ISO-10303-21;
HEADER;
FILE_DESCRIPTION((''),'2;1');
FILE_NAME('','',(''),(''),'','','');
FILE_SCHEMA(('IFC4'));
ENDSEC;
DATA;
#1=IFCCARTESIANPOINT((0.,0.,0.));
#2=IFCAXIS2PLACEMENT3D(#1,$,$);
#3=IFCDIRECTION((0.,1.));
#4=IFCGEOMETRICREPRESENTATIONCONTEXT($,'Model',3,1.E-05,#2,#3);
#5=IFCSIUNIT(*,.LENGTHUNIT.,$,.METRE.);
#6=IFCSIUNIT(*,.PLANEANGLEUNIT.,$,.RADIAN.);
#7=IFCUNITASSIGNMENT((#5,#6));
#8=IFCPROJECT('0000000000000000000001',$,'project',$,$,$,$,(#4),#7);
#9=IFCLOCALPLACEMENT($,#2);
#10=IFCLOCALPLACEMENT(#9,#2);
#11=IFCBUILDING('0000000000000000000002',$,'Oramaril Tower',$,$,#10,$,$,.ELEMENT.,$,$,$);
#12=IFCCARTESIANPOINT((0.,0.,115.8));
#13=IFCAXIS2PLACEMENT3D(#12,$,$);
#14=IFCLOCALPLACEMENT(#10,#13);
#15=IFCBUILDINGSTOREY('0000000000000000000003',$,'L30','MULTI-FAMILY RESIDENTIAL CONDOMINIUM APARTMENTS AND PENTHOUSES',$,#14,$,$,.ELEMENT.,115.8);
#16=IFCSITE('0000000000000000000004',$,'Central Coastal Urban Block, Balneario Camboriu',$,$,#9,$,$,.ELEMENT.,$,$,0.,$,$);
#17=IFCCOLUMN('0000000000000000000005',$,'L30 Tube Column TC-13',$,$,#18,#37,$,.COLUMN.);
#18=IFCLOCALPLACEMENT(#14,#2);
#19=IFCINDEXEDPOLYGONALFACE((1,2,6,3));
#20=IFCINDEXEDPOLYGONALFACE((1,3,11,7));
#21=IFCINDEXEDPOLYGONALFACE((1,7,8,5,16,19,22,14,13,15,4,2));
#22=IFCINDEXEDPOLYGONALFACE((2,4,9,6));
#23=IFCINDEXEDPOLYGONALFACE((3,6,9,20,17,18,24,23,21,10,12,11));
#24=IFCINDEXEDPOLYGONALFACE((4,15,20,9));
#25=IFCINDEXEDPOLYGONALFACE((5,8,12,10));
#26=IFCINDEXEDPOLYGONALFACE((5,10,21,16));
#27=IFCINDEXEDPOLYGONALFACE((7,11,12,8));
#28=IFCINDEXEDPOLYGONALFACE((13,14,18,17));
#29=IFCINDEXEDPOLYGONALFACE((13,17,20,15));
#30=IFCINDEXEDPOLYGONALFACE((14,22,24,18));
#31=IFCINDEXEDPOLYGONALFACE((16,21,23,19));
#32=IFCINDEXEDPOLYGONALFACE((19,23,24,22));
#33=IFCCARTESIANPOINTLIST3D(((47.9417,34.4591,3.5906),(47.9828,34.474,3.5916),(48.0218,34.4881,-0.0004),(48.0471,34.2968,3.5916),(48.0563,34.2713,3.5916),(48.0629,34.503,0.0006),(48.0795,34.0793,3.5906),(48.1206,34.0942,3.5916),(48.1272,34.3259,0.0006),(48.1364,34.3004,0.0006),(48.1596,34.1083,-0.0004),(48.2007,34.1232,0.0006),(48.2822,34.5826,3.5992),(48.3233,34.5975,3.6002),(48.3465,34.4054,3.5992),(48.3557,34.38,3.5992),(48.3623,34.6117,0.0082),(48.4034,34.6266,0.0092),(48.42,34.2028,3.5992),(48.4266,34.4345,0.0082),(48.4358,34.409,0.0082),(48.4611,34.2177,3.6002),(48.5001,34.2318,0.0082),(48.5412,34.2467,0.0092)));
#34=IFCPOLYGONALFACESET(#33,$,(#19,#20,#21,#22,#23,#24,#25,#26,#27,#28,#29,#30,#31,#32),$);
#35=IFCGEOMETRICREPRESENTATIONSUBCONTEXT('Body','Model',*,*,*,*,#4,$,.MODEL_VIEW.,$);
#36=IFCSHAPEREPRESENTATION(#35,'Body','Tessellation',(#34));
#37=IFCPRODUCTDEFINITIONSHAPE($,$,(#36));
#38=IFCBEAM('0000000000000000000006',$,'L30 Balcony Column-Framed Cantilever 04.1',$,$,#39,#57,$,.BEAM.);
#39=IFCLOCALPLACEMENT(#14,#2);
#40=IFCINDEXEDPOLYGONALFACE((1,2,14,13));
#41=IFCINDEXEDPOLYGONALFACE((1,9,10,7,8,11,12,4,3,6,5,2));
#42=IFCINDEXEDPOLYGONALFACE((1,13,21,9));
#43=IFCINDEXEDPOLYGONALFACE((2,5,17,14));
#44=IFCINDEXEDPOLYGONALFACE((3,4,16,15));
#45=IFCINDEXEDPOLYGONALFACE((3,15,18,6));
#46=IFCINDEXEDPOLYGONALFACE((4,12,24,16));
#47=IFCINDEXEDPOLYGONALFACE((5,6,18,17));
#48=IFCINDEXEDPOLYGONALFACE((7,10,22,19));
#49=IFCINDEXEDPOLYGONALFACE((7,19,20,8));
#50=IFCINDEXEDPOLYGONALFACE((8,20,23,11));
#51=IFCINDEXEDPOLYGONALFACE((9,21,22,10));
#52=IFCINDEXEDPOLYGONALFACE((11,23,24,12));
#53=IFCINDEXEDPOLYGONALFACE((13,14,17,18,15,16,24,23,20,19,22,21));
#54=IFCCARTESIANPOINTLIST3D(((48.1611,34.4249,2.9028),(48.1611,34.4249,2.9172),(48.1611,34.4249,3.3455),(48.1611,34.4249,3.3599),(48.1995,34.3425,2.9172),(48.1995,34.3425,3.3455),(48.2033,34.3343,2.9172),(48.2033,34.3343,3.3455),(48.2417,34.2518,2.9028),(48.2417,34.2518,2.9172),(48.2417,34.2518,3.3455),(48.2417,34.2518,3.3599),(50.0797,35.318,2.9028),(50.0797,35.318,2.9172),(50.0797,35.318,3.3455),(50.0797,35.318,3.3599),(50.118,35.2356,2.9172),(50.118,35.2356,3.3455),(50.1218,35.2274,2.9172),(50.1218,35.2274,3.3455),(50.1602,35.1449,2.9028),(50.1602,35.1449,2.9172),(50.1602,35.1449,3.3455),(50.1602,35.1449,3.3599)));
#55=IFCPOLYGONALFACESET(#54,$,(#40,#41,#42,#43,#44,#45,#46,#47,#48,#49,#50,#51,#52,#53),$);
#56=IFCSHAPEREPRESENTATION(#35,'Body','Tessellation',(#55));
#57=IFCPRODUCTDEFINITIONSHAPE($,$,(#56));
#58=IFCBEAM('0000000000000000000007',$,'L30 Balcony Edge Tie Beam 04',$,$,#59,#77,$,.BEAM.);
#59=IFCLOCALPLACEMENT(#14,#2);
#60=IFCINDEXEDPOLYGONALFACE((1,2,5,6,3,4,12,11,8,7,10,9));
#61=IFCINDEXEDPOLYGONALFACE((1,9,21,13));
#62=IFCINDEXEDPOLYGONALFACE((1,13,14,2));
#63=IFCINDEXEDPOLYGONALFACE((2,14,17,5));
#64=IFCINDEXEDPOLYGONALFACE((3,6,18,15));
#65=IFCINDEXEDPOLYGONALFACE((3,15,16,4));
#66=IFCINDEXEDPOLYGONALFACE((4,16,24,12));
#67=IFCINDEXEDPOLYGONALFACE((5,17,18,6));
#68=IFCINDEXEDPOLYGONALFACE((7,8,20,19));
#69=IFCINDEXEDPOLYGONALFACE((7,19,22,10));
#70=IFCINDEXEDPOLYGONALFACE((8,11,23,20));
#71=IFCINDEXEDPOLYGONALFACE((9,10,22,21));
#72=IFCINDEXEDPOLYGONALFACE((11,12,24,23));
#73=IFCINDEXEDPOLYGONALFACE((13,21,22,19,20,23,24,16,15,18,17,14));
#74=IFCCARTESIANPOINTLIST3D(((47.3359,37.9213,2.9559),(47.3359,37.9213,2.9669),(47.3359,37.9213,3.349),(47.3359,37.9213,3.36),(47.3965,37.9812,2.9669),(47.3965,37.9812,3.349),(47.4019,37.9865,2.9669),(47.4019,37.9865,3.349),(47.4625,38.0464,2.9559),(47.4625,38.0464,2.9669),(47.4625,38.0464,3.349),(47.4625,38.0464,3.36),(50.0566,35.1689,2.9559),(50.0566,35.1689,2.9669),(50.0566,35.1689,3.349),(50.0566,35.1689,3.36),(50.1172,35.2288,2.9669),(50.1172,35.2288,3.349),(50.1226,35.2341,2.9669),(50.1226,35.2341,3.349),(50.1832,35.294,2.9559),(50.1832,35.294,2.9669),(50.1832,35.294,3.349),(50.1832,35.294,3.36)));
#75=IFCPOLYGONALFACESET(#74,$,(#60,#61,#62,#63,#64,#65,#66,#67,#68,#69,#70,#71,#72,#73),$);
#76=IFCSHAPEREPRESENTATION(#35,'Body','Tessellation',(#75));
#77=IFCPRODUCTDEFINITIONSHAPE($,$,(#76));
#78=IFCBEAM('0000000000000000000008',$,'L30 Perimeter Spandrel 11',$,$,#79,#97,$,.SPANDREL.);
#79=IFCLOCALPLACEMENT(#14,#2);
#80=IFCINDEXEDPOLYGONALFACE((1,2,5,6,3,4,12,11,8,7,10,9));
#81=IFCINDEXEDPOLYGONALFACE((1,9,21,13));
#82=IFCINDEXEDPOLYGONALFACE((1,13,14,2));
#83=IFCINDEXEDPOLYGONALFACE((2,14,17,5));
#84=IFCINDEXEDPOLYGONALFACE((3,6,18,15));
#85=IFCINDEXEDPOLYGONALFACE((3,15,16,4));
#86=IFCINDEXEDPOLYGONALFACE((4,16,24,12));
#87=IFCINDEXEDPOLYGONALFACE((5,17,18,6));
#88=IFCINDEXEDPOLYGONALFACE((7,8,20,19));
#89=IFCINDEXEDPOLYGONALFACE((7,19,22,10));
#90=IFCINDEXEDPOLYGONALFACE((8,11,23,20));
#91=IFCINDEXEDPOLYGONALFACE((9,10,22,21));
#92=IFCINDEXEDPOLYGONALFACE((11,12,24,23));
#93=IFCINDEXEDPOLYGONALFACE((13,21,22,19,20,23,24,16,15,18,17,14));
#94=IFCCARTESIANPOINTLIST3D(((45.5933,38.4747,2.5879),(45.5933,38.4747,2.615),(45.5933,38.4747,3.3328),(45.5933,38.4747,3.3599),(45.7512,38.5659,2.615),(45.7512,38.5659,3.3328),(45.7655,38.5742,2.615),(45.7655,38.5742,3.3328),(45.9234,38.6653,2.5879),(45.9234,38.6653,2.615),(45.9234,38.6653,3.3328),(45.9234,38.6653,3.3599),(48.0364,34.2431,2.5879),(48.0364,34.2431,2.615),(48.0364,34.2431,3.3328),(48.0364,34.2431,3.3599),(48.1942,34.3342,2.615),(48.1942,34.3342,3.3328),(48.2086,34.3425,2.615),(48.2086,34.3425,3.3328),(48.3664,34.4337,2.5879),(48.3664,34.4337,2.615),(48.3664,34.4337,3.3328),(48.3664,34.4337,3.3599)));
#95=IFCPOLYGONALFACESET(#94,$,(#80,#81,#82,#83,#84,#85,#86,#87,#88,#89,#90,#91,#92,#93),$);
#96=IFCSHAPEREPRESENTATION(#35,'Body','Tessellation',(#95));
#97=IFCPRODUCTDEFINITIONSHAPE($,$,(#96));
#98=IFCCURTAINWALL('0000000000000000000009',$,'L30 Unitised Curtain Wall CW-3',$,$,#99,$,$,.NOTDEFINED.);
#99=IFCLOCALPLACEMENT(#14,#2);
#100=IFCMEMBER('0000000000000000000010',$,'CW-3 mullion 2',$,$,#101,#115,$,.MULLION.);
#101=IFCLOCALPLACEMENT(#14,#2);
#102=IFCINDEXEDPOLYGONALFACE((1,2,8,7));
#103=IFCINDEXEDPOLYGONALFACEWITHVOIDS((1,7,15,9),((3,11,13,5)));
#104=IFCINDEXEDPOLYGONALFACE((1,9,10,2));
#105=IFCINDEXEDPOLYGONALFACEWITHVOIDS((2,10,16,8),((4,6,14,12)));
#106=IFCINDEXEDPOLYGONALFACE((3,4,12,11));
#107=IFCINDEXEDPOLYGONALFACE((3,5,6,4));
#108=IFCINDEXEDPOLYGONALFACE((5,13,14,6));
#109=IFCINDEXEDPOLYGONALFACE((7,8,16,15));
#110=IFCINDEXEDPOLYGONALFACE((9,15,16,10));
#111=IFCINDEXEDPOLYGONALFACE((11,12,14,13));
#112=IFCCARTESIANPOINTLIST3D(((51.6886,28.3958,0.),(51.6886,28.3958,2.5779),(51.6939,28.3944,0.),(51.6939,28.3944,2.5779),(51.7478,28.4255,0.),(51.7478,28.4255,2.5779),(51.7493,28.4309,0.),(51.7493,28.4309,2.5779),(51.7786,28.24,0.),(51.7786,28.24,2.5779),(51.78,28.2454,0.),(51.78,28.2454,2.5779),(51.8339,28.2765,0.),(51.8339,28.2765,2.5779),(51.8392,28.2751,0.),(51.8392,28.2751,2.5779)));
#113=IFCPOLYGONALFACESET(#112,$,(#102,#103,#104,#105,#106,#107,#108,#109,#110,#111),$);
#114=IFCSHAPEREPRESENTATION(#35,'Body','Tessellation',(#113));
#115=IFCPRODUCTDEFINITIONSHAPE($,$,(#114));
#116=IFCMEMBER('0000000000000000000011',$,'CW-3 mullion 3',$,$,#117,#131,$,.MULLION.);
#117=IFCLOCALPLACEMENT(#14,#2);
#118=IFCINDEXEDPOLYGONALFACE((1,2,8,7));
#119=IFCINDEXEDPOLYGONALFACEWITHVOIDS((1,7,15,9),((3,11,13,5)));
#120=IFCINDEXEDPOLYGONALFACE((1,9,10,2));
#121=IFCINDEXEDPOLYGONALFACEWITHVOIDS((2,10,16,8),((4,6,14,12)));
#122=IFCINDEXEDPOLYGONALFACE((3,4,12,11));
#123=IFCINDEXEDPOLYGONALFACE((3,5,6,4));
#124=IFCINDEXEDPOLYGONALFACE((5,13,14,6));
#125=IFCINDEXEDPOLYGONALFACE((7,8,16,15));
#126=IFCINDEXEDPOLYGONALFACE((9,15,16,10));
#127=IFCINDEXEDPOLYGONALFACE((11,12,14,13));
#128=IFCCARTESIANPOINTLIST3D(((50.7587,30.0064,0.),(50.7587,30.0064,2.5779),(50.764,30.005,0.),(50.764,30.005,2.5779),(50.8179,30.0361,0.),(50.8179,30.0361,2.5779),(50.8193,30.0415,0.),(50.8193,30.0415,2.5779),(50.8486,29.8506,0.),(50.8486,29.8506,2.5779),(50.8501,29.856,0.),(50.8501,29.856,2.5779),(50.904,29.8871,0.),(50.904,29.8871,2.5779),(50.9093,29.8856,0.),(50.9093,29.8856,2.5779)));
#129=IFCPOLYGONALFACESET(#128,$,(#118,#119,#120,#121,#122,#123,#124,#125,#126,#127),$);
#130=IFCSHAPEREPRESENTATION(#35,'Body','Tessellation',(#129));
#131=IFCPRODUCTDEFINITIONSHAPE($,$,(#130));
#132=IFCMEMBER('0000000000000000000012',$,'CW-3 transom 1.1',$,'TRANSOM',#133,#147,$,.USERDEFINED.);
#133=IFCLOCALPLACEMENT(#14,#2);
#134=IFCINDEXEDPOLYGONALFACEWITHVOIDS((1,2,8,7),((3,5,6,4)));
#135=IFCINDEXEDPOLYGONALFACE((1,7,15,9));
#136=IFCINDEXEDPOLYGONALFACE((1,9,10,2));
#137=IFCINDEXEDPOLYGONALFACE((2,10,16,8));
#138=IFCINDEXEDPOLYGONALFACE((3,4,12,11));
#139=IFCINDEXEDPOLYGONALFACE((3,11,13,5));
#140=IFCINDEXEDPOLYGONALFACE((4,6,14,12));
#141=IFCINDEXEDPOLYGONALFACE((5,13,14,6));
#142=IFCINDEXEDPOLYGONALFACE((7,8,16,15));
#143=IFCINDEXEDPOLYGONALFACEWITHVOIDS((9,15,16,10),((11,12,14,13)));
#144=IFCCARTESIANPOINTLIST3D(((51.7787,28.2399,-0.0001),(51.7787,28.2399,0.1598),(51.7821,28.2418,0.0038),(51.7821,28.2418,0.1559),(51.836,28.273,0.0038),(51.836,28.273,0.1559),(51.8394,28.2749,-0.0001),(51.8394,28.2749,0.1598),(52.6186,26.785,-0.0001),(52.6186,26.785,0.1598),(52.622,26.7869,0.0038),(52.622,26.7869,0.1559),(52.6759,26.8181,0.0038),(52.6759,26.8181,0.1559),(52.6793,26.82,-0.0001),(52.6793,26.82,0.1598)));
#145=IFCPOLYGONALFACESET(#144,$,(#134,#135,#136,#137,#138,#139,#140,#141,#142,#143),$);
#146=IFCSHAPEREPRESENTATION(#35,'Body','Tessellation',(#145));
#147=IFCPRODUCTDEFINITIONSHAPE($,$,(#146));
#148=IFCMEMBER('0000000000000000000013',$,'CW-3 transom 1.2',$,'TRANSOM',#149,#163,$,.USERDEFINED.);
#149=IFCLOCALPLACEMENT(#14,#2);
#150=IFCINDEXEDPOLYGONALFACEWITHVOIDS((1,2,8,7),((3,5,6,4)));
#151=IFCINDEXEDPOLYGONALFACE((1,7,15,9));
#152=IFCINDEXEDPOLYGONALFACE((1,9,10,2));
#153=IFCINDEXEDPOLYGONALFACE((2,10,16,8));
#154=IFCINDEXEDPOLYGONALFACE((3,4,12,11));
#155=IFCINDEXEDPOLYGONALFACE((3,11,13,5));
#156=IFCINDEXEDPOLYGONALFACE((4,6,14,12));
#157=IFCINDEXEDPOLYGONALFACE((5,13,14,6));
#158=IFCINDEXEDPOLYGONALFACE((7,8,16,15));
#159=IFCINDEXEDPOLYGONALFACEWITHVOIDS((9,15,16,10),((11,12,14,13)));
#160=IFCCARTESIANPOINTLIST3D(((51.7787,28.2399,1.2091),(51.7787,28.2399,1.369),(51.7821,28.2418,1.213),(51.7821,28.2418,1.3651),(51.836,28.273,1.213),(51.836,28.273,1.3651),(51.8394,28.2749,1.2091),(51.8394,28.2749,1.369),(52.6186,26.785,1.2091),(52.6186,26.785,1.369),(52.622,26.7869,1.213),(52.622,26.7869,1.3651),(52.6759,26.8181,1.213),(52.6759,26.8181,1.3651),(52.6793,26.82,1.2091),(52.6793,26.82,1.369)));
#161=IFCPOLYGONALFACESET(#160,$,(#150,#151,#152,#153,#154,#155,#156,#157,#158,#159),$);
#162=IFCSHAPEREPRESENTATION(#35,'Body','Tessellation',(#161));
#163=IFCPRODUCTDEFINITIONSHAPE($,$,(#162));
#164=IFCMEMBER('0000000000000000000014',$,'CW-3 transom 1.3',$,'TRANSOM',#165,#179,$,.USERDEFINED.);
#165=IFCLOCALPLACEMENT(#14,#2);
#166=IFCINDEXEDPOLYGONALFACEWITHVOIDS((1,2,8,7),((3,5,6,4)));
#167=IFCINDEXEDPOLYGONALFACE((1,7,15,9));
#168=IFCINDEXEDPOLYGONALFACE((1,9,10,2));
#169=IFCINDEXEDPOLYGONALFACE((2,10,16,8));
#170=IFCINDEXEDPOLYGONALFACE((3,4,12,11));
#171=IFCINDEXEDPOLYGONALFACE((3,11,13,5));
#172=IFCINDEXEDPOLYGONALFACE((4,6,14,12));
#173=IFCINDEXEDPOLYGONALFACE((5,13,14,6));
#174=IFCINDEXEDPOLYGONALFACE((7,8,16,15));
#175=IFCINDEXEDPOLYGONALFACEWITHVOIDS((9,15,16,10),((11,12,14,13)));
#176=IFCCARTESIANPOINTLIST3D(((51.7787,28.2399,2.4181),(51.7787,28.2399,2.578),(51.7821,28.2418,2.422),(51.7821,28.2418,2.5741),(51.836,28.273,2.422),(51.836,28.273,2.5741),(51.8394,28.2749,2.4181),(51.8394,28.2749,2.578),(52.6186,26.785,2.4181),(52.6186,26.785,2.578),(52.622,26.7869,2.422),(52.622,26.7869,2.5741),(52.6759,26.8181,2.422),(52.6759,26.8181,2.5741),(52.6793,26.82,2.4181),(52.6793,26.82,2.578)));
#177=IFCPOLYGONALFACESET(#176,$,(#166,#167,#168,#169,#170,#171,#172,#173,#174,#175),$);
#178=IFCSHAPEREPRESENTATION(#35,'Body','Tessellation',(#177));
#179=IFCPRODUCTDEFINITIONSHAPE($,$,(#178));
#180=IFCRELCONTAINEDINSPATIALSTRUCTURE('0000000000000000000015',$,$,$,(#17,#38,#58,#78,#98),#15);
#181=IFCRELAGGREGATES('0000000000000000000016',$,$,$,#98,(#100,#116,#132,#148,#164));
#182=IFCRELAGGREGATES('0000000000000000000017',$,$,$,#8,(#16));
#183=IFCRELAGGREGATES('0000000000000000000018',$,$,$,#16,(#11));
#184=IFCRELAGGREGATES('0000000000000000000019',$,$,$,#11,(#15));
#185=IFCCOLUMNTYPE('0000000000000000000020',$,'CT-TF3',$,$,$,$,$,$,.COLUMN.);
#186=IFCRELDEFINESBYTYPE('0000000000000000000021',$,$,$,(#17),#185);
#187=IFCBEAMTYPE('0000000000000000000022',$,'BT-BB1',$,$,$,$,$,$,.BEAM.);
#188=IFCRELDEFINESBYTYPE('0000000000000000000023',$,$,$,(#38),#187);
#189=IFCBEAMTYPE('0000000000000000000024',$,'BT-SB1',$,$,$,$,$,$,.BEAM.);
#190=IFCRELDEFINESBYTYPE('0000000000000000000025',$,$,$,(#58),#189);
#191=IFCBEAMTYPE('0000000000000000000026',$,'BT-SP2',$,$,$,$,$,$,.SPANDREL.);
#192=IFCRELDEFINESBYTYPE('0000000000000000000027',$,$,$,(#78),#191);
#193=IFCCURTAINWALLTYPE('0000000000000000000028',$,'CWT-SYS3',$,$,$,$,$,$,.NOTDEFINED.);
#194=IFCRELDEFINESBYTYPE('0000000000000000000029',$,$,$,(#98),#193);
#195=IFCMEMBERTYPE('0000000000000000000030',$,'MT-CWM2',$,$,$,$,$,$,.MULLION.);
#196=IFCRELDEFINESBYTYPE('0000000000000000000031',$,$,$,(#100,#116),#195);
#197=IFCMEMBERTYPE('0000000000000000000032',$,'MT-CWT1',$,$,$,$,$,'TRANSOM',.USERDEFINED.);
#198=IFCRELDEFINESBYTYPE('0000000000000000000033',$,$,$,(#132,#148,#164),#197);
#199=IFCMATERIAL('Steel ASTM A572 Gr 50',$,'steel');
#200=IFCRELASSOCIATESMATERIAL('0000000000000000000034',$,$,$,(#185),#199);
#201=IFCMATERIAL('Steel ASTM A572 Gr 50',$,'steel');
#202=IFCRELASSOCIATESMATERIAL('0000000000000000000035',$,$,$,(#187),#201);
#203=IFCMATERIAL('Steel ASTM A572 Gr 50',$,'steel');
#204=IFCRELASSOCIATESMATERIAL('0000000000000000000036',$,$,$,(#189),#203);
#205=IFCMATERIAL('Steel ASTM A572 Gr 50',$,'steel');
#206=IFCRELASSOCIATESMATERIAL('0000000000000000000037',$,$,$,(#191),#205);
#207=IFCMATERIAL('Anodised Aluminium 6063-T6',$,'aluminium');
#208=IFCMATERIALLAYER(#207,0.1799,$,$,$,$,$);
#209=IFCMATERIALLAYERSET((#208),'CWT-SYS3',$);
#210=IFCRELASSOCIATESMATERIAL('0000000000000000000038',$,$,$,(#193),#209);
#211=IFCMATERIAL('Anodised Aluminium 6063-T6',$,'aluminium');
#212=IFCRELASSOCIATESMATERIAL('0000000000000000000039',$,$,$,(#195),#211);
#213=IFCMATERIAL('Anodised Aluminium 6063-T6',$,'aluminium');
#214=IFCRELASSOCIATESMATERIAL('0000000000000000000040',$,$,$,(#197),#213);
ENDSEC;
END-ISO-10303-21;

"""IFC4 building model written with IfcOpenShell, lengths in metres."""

from ifc_helpers import new_model, si_unit, direction, frame, origin, origin_2d, place, context, subcontext, project, spatial, hollow_rectangle, i_section, extrude, material, layer, layer_set, material_profile, profile_set, type_object, element, aggregate, save


model = new_model("IFC4")

# Units and contexts
model_context = context("Model", 3, precision=1e-05, world=origin(), true_north=direction((0.0, 1.0)))
body_context = subcontext(model_context, "Body", "Model", "MODEL_VIEW")
ifc_project = project(units=[si_unit("LENGTHUNIT", "METRE"), si_unit("PLANEANGLEUNIT", "RADIAN")], contexts=[model_context])

# Site, building, storey
site_placement = place(None, origin())
site = spatial("IfcSite", under=ifc_project, at=site_placement, Name="Central Coastal Urban Block, Balneario Camboriu", CompositionType="ELEMENT", RefElevation=0.0)
building_placement = place(site_placement, origin())
building = spatial("IfcBuilding", under=site, at=building_placement, Name="Oramaril Tower", CompositionType="ELEMENT")
storey_placement = place(building_placement, frame((0.0, 0.0, 115.8)))
storey = spatial("IfcBuildingStorey", under=building, at=storey_placement, Name="L30", Description="MULTI-FAMILY RESIDENTIAL CONDOMINIUM APARTMENTS AND PENTHOUSES", CompositionType="ELEMENT", Elevation=115.8)

# Column
ifc_material_1 = material(Name="Steel ASTM A572 Gr 50", Category="steel")
ifc_material_profile_1 = material_profile(ifc_material_1, i_section(OverallWidth=0.4041, OverallDepth=0.406, WebThickness=0.0271, FlangeThickness=0.0437, at=origin_2d()), Name="W14X233")
ifc_profile_set_1 = profile_set([ifc_material_profile_1], Name="Steel ASTM A572 Gr 50")
column_type = type_object("IfcColumnType", Name="CT-TF3", PredefinedType="COLUMN", material=ifc_profile_set_1)
column_placement = place(storey_placement, frame((48.2815, 34.3674, 0.0044), z_axis=(-0.022293, -0.008088, 0.999719), x_axis=(0.341053, -0.940044, 0.0)))
element("IfcColumn", 1, at=column_placement, inside=storey, type_object=column_type, Name="L30 Tube Column TC-13", PredefinedType="COLUMN", context=body_context, shape_type="SweptSolid", body=[
    extrude(i_section(OverallWidth=0.4041, OverallDepth=0.406, WebThickness=0.0271, FlangeThickness=0.0437, at=origin_2d()), origin(), (0.0, 0.0, 1.0), 3.592),
])

# Beams
ifc_material_2 = material(Name="Steel ASTM A572 Gr 50", Category="steel")
ifc_material_profile_2 = material_profile(ifc_material_2, i_section(OverallWidth=0.1909, OverallDepth=0.457, WebThickness=0.009, FlangeThickness=0.0144, at=origin_2d()), Name="W18X50")
ifc_profile_set_2 = profile_set([ifc_material_profile_2], Name="Steel ASTM A572 Gr 50")
beam_type_1 = type_object("IfcBeamType", Name="BT-BB1", PredefinedType="BEAM", material=ifc_profile_set_2)
beam_1_placement = place(storey_placement, frame((48.2014, 34.3384, 3.1313), z_axis=(0.906584, 0.422026, 0.0), x_axis=(-0.422026, 0.906584, 0.0)))
element("IfcBeam", 2, at=beam_1_placement, inside=storey, type_object=beam_type_1, Name="L30 Balcony Column-Framed Cantilever 04.1", PredefinedType="BEAM", context=body_context, shape_type="SweptSolid", body=[
    extrude(i_section(OverallWidth=0.1909, OverallDepth=0.457, WebThickness=0.009, FlangeThickness=0.0144, at=origin_2d()), origin(), (0.0, 0.0, 1.0), 2.1162),
])
ifc_material_3 = material(Name="Steel ASTM A572 Gr 50", Category="steel")
ifc_material_profile_3 = material_profile(ifc_material_3, i_section(OverallWidth=0.178, OverallDepth=0.4041, WebThickness=0.0076, FlangeThickness=0.011, at=origin_2d()), Name="W16X36")
ifc_profile_set_3 = profile_set([ifc_material_profile_3], Name="Steel ASTM A572 Gr 50")
beam_type_2 = type_object("IfcBeamType", Name="BT-SB1", PredefinedType="BEAM", material=ifc_profile_set_3)
beam_2_placement = place(storey_placement, frame((50.1199, 35.2314, 3.158), z_axis=(-0.702995, 0.711195, 0.0), x_axis=(-0.711195, -0.702995, 0.0)))
element("IfcBeam", 3, at=beam_2_placement, inside=storey, type_object=beam_type_2, Name="L30 Balcony Edge Tie Beam 04", PredefinedType="BEAM", context=body_context, shape_type="SweptSolid", body=[
    extrude(i_section(OverallWidth=0.178, OverallDepth=0.4041, WebThickness=0.0076, FlangeThickness=0.011, at=origin_2d()), origin(), (0.0, 0.0, 1.0), 3.8701),
])
ifc_material_4 = material(Name="Steel ASTM A572 Gr 50", Category="steel")
ifc_material_profile_4 = material_profile(ifc_material_4, i_section(OverallWidth=0.3811, OverallDepth=0.772, WebThickness=0.0166, FlangeThickness=0.0271, at=origin_2d()), Name="W30X173")
ifc_profile_set_4 = profile_set([ifc_material_profile_4], Name="Steel ASTM A572 Gr 50")
beam_type_3 = type_object("IfcBeamType", Name="BT-SP2", PredefinedType="SPANDREL", material=ifc_profile_set_4)
beam_3_placement = place(storey_placement, frame((48.2014, 34.3384, 2.9739), z_axis=(-0.499992, 0.86603, 0.0), x_axis=(-0.86603, -0.499992, 0.0)))
element("IfcBeam", 4, at=beam_3_placement, inside=storey, type_object=beam_type_3, Name="L30 Perimeter Spandrel 11", PredefinedType="SPANDREL", context=body_context, shape_type="SweptSolid", body=[
    extrude(i_section(OverallWidth=0.3811, OverallDepth=0.772, WebThickness=0.0166, FlangeThickness=0.0271, at=origin_2d()), origin(), (0.0, 0.0, 1.0), 4.8862),
])

# Curtain wall, members
ifc_material_5 = material(Name="Anodised Aluminium 6063-T6", Category="aluminium")
ifc_layer_1 = layer(ifc_material_5, 0.1799)
ifc_layer_set_1 = layer_set([ifc_layer_1], Name="CWT-SYS3")
curtain_wall_type = type_object("IfcCurtainWallType", Name="CWT-SYS3", PredefinedType="NOTDEFINED", material=ifc_layer_set_1)
curtain_wall_placement = place(storey_placement, origin())
curtain_wall = element("IfcCurtainWall", 5, at=curtain_wall_placement, inside=storey, type_object=curtain_wall_type, Name="L30 Unitised Curtain Wall CW-3", PredefinedType="NOTDEFINED")
ifc_material_6 = material(Name="Anodised Aluminium 6063-T6", Category="aluminium")
ifc_material_profile_5 = material_profile(ifc_material_6, hollow_rectangle(XDim=0.0701, YDim=0.1799, WallThickness=0.0039, at=origin_2d()), Name="CWM180X70")
ifc_profile_set_5 = profile_set([ifc_material_profile_5], Name="Anodised Aluminium 6063-T6")
member_type_1 = type_object("IfcMemberType", Name="MT-CWM2", PredefinedType="MULLION", material=ifc_profile_set_5)
member_1_placement = place(storey_placement, frame((51.7639, 28.3354, 0.0), z_axis=(0.0, 0.0, 1.0), x_axis=(-0.866025, -0.5, 0.0)))
member_1 = element("IfcMember", 6, at=member_1_placement, type_object=member_type_1, Name="CW-3 mullion 2", PredefinedType="MULLION", context=body_context, shape_type="SweptSolid", body=[
    extrude(hollow_rectangle(XDim=0.0701, YDim=0.1799, WallThickness=0.0039, at=origin_2d()), origin(), (0.0, 0.0, 1.0), 2.5779),
])
member_2_placement = place(storey_placement, frame((50.834, 29.946, 0.0), z_axis=(0.0, 0.0, 1.0), x_axis=(-0.866025, -0.5, 0.0)))
member_2 = element("IfcMember", 7, at=member_2_placement, type_object=member_type_1, Name="CW-3 mullion 3", PredefinedType="MULLION", context=body_context, shape_type="SweptSolid", body=[
    extrude(hollow_rectangle(XDim=0.0701, YDim=0.1799, WallThickness=0.0039, at=origin_2d()), origin(), (0.0, 0.0, 1.0), 2.5779),
])
ifc_material_7 = material(Name="Anodised Aluminium 6063-T6", Category="aluminium")
ifc_material_profile_6 = material_profile(ifc_material_7, hollow_rectangle(XDim=0.0701, YDim=0.1599, WallThickness=0.0039, at=origin_2d()), Name="CWT160X70")
ifc_profile_set_6 = profile_set([ifc_material_profile_6], Name="Anodised Aluminium 6063-T6")
member_type_2 = type_object("IfcMemberType", Name="MT-CWT1", ElementType="TRANSOM", PredefinedType="USERDEFINED", material=ifc_profile_set_6)
member_3_placement = place(storey_placement, frame((52.6489, 26.8025, 0.0798), z_axis=(-0.499953, 0.866052, 0.0), x_axis=(-0.866052, -0.499953, 0.0)))
member_3 = element("IfcMember", 8, at=member_3_placement, type_object=member_type_2, Name="CW-3 transom 1.1", ObjectType="TRANSOM", PredefinedType="USERDEFINED", context=body_context, shape_type="SweptSolid", body=[
    extrude(hollow_rectangle(XDim=0.0701, YDim=0.1599, WallThickness=0.0039, at=origin_2d()), origin(), (0.0, 0.0, 1.0), 1.6799),
])
member_4_placement = place(storey_placement, frame((52.6489, 26.8025, 1.2891), z_axis=(-0.499953, 0.866052, 0.0), x_axis=(-0.866052, -0.499953, 0.0)))
member_4 = element("IfcMember", 9, at=member_4_placement, type_object=member_type_2, Name="CW-3 transom 1.2", ObjectType="TRANSOM", PredefinedType="USERDEFINED", context=body_context, shape_type="SweptSolid", body=[
    extrude(hollow_rectangle(XDim=0.0701, YDim=0.1599, WallThickness=0.0039, at=origin_2d()), origin(), (0.0, 0.0, 1.0), 1.6799),
])
member_5_placement = place(storey_placement, frame((52.6489, 26.8025, 2.498), z_axis=(-0.499953, 0.866052, 0.0), x_axis=(-0.866052, -0.499953, 0.0)))
member_5 = element("IfcMember", 10, at=member_5_placement, type_object=member_type_2, Name="CW-3 transom 1.3", ObjectType="TRANSOM", PredefinedType="USERDEFINED", context=body_context, shape_type="SweptSolid", body=[
    extrude(hollow_rectangle(XDim=0.0701, YDim=0.1599, WallThickness=0.0039, at=origin_2d()), origin(), (0.0, 0.0, 1.0), 1.6799),
])
aggregate(curtain_wall, [member_1, member_2, member_3, member_4, member_5])

save(model, "model.ifc")
